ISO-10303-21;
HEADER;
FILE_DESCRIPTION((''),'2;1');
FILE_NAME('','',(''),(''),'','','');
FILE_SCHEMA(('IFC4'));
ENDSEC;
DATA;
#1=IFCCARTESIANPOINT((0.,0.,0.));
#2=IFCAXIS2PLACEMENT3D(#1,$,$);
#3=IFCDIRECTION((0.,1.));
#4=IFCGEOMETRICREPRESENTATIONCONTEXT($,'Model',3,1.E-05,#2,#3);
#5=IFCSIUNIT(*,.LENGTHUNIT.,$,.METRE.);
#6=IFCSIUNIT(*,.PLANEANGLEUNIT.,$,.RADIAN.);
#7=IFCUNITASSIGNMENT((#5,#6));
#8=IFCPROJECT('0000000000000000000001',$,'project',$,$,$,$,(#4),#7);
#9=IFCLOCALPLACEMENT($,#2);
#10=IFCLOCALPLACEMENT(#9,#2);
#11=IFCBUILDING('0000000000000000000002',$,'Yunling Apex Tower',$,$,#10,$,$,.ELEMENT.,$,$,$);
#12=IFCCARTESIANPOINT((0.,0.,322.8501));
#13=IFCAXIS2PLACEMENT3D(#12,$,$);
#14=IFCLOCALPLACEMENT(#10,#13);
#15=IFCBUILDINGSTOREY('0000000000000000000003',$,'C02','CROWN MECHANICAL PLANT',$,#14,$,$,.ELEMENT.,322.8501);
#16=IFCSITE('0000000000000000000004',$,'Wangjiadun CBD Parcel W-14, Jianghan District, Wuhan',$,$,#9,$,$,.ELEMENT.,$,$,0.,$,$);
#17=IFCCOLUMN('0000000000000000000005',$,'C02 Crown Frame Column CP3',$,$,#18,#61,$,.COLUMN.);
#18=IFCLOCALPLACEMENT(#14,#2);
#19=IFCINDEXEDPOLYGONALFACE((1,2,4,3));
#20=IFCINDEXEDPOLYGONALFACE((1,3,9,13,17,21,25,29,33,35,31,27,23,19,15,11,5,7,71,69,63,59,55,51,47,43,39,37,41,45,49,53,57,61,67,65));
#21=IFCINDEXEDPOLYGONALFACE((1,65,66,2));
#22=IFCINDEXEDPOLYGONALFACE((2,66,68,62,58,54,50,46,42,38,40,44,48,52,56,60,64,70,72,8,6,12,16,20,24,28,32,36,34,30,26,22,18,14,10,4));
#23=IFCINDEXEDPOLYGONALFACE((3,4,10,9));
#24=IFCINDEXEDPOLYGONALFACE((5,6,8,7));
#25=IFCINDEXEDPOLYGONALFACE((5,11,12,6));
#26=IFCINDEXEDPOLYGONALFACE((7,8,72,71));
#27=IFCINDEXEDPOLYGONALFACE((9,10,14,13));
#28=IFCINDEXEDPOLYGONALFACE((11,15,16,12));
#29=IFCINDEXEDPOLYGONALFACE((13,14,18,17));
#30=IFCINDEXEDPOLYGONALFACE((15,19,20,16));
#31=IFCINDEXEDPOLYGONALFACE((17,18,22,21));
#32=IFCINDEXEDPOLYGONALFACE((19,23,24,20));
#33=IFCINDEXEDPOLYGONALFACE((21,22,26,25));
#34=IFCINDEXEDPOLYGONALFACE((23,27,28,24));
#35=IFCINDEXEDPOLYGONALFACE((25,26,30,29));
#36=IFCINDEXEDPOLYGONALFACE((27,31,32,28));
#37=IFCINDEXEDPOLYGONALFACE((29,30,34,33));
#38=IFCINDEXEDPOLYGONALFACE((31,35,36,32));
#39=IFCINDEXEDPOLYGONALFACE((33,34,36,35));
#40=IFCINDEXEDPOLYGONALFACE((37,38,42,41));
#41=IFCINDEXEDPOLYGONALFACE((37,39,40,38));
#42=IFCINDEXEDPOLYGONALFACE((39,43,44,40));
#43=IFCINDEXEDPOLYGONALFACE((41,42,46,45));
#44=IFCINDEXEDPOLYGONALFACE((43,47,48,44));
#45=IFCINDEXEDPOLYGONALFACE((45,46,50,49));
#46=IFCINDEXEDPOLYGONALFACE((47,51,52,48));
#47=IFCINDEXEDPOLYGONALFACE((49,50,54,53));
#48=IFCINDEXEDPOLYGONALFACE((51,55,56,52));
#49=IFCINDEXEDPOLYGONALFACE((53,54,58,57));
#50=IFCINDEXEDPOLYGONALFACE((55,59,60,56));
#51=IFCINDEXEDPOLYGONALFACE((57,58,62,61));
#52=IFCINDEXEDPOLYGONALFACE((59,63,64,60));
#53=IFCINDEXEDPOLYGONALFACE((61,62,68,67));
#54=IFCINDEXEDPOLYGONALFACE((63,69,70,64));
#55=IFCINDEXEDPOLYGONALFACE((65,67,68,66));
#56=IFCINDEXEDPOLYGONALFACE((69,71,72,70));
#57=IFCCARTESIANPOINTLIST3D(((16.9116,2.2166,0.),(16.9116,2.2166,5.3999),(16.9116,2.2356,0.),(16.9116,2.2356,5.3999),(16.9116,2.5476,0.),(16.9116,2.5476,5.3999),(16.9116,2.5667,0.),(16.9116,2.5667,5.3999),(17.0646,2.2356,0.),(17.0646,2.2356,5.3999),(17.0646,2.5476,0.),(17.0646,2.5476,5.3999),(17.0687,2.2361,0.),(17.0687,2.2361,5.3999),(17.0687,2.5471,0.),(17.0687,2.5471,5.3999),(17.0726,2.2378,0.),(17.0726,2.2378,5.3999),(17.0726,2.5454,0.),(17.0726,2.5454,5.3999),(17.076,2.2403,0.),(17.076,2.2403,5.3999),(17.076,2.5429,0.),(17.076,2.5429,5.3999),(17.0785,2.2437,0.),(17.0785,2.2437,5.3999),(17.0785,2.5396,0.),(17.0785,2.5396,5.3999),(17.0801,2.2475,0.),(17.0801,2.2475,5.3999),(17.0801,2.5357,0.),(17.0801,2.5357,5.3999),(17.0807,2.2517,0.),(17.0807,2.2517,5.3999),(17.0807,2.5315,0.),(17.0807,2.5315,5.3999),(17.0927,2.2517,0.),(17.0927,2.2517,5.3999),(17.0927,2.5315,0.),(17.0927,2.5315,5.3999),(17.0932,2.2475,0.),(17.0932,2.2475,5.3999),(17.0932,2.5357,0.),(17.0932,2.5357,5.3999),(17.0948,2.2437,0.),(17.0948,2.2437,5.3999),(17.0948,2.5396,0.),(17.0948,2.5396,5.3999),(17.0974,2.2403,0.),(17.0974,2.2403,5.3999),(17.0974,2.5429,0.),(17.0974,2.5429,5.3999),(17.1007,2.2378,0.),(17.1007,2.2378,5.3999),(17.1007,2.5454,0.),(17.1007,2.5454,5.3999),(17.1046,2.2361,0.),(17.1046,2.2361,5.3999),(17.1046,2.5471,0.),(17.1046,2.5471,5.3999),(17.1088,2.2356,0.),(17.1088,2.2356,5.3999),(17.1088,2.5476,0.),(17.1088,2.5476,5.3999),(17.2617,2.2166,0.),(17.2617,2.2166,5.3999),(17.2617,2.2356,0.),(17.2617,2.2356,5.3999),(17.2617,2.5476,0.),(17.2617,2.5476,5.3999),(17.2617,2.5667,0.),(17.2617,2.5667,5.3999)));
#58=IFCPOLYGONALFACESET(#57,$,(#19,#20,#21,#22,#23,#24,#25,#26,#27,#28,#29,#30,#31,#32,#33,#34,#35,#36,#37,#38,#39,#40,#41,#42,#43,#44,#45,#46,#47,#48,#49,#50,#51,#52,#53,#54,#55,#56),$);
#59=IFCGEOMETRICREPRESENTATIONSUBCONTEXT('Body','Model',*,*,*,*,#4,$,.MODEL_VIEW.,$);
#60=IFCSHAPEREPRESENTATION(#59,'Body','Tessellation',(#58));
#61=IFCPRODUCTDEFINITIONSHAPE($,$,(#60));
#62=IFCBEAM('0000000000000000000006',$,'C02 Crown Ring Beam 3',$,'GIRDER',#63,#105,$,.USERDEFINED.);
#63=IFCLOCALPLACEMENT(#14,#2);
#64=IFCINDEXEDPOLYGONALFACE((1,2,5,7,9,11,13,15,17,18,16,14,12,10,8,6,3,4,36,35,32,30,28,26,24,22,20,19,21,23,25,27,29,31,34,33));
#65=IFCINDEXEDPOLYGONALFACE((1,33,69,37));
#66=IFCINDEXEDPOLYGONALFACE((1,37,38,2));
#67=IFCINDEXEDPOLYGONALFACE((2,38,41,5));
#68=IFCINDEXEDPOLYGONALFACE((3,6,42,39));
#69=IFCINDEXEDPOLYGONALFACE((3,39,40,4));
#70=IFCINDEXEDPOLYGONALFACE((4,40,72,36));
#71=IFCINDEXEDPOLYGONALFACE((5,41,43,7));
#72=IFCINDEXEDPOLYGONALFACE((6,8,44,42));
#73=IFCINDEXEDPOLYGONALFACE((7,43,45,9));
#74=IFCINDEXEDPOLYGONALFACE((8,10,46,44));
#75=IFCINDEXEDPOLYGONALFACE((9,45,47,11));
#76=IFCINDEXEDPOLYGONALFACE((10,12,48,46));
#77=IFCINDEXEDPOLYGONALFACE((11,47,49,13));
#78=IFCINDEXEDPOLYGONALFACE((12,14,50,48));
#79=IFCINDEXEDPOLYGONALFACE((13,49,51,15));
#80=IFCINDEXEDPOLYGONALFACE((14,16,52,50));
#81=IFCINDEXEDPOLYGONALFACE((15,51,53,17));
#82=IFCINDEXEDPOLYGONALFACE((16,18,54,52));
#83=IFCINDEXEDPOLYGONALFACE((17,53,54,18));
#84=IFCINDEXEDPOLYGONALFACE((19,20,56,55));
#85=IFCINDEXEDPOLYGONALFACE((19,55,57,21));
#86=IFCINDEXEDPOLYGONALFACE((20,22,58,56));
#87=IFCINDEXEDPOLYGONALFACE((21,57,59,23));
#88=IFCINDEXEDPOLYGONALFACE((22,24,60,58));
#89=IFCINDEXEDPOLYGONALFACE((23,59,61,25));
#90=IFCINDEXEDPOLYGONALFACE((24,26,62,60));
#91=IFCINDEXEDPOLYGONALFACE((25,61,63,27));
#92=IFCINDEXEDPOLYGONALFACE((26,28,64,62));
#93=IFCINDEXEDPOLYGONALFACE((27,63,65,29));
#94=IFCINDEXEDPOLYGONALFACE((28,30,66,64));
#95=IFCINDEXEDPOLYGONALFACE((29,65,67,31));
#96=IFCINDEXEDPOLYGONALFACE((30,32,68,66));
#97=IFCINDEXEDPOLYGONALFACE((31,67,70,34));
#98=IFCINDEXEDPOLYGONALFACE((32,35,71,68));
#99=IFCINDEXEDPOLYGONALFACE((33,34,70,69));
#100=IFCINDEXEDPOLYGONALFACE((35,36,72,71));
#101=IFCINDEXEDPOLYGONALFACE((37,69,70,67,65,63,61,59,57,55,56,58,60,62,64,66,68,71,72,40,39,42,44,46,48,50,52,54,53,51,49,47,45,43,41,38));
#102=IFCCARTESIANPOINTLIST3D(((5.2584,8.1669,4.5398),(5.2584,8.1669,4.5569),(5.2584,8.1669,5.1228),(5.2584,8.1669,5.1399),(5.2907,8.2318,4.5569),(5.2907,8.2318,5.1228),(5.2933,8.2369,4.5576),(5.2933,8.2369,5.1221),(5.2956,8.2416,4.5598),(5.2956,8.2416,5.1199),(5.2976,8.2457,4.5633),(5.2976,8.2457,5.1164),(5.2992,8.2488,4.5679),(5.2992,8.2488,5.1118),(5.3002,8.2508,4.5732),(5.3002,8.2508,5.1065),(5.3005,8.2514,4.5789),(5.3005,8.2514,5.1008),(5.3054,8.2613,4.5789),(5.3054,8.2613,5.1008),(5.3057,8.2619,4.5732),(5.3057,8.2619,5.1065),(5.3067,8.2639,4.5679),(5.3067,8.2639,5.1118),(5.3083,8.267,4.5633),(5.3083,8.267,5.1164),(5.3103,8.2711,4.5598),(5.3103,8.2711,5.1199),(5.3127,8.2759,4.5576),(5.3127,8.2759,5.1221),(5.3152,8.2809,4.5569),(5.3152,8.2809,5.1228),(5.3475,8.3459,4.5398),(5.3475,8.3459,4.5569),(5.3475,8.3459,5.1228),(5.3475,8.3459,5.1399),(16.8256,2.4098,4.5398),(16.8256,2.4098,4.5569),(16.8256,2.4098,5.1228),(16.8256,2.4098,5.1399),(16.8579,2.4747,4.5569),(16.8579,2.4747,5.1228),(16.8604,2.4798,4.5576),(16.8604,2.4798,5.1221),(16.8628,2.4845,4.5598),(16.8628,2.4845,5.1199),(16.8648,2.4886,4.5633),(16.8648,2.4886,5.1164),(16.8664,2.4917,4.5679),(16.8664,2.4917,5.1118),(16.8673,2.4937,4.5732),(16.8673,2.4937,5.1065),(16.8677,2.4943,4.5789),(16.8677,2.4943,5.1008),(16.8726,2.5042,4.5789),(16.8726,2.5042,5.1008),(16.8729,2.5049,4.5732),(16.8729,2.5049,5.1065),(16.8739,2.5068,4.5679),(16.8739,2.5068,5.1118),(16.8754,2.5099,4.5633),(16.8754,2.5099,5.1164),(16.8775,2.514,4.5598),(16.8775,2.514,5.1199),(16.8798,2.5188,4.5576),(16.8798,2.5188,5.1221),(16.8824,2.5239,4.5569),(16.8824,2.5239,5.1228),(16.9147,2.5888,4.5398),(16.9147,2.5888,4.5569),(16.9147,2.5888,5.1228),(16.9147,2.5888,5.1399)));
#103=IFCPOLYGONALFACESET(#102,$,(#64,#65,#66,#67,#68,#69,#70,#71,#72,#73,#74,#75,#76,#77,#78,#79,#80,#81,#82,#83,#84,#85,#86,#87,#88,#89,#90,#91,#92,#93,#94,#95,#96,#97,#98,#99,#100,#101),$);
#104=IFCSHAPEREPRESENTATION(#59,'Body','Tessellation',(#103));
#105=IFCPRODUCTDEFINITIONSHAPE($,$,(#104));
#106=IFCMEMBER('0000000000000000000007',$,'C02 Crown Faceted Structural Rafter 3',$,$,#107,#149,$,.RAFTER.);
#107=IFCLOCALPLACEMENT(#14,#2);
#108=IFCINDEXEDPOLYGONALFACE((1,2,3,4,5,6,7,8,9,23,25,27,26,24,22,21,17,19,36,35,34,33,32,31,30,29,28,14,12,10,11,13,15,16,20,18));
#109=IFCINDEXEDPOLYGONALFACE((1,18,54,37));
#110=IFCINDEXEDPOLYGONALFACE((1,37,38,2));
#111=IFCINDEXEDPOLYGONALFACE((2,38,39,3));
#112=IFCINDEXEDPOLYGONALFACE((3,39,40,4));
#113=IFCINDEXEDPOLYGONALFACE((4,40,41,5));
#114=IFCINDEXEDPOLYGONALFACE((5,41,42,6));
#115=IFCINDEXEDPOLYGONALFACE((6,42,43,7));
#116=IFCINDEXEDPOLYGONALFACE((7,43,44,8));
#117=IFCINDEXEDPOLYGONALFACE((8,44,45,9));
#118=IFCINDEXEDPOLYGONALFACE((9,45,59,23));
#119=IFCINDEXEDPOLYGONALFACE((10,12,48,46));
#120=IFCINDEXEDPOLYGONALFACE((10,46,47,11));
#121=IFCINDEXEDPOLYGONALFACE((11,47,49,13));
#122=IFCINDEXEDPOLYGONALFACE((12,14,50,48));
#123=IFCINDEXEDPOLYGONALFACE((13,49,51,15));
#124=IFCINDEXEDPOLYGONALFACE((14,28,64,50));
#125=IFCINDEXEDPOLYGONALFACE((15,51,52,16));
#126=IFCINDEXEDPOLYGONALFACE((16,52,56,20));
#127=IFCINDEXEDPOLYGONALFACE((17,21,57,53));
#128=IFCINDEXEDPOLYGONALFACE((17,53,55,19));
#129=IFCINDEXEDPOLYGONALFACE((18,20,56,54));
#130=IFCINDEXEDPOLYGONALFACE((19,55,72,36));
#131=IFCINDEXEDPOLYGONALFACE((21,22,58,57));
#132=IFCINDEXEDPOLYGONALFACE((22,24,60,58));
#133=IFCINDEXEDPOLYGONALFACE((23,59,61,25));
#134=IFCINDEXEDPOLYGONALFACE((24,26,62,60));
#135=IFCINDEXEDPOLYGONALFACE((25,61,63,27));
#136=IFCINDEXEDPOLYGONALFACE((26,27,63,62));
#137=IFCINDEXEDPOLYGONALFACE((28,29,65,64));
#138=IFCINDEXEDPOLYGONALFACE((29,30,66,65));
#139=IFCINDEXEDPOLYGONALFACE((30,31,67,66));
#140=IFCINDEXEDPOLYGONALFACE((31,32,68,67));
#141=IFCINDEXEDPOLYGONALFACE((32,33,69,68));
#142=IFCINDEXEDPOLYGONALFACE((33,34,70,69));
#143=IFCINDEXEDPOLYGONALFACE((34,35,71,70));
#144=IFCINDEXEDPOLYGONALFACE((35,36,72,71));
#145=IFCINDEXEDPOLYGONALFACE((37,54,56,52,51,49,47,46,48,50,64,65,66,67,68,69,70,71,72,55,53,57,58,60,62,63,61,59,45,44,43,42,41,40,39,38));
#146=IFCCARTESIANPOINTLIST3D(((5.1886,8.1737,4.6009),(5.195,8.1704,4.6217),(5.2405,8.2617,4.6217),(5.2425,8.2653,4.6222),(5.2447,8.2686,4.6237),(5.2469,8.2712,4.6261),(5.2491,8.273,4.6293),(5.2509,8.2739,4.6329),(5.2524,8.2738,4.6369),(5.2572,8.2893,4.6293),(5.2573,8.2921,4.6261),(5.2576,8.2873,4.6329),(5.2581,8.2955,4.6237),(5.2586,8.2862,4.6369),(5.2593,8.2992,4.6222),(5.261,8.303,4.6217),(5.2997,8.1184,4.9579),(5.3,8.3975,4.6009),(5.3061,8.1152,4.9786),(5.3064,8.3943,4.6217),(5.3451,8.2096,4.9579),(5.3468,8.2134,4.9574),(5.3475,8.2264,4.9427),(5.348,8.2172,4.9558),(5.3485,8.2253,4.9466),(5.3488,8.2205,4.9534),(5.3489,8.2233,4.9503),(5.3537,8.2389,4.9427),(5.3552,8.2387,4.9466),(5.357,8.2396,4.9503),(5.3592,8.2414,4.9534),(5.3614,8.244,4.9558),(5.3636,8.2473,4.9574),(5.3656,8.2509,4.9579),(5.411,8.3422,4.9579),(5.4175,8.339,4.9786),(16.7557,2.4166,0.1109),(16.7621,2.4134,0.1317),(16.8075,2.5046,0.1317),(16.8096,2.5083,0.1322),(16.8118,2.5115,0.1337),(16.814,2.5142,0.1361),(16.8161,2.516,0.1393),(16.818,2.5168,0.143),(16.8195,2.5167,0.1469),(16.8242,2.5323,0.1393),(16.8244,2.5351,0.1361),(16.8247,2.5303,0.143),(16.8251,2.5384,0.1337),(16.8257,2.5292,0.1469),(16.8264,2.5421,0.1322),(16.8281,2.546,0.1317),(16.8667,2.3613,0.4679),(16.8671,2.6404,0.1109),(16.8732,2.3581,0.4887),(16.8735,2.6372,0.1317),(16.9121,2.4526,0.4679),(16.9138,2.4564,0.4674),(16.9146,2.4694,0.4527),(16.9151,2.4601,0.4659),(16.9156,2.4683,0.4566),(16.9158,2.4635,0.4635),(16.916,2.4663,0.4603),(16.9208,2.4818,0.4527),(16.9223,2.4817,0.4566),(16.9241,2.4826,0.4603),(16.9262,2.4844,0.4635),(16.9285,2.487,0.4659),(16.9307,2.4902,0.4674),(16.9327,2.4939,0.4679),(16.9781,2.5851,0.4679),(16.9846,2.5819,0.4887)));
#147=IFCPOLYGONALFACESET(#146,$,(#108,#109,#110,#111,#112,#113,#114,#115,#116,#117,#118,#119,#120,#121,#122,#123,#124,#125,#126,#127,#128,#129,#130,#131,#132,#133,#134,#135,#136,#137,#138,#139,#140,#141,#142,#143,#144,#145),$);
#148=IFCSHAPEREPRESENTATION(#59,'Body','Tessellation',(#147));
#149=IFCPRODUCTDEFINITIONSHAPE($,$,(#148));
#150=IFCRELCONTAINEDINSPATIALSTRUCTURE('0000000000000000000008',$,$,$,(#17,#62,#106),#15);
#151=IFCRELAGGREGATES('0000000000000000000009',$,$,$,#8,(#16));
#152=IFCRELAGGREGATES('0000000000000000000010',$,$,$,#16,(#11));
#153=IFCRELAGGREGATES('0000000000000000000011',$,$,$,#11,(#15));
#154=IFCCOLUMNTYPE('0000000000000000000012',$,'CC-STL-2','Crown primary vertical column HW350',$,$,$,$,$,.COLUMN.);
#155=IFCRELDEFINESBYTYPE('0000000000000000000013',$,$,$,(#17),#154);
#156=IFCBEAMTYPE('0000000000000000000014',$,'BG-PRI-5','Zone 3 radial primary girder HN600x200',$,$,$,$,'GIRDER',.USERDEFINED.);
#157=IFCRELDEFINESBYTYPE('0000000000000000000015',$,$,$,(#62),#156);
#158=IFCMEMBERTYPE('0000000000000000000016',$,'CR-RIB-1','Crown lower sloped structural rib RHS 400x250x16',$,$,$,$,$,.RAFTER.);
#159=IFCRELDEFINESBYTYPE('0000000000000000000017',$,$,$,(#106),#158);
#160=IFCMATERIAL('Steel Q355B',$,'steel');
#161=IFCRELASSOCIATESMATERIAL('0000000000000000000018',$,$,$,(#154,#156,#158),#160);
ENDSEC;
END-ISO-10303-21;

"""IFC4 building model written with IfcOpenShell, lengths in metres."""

from ifc_helpers import new_model, si_unit, direction, frame, origin, origin_2d, place, context, subcontext, project, spatial, i_section, extrude, source, transform, mapped, material, material_profile, profile_set, type_object, element, save


model = new_model("IFC4")

# Units and contexts
model_context = context("Model", 3, precision=1e-05, world=origin(), true_north=direction((0.0, 1.0)))
body_context = subcontext(model_context, "Body", "Model", "MODEL_VIEW")
ifc_project = project(units=[si_unit("LENGTHUNIT", "METRE"), si_unit("PLANEANGLEUNIT", "RADIAN")], contexts=[model_context])

# Site, building, storey
site_placement = place(None, origin())
site = spatial("IfcSite", under=ifc_project, at=site_placement, Name="Wangjiadun CBD Parcel W-14, Jianghan District, Wuhan", CompositionType="ELEMENT", RefElevation=0.0)
building_placement = place(site_placement, origin())
building = spatial("IfcBuilding", under=site, at=building_placement, Name="Yunling Apex Tower", CompositionType="ELEMENT")
storey_placement = place(building_placement, frame((0.0, 0.0, 322.8501)))
storey = spatial("IfcBuildingStorey", under=building, at=storey_placement, Name="C02", Description="CROWN MECHANICAL PLANT", CompositionType="ELEMENT", Elevation=322.8501)

# Column
ifc_material_1 = material(Name="Steel Q355B", Category="steel")
ifc_material_profile_1 = material_profile(ifc_material_1, i_section(OverallWidth=0.3501, OverallDepth=0.3501, WebThickness=0.012, FlangeThickness=0.019, FilletRadius=0.0161, at=origin_2d()))
ifc_profile_set_1 = profile_set([ifc_material_profile_1], Name="Steel Q355B")
column_type = type_object("IfcColumnType", Name="CC-STL-2", Description="Crown primary vertical column HW350", PredefinedType="COLUMN", material=ifc_profile_set_1)
shared_shape_1 = source(origin(), body_context, "Body", "SweptSolid", [
    extrude(i_section(OverallWidth=0.3501, OverallDepth=0.3501, WebThickness=0.012, FlangeThickness=0.019, FilletRadius=0.0161, at=origin_2d()), origin(), (0.0, 0.0, 1.0), 5.3999),
])
column_placement = place(storey_placement, frame((17.0867, 2.3916, 0.0), z_axis=(0.0, 0.0, 1.0), x_axis=(1.0, 0.0, 0.0)))
element("IfcColumn", 1, at=column_placement, inside=storey, type_object=column_type, Name="C02 Crown Frame Column CP3", PredefinedType="COLUMN", context=body_context, shape_type="MappedRepresentation", body=[
    mapped(shared_shape_1, transform((0.0, 0.0, 0.0), scale=1.0)),
])

# Beam
ifc_material_profile_2 = material_profile(ifc_material_1, i_section(OverallWidth=0.2, OverallDepth=0.6001, WebThickness=0.011, FlangeThickness=0.0171, FilletRadius=0.022, at=origin_2d()))
ifc_profile_set_2 = profile_set([ifc_material_profile_2], Name="Steel Q355B")
beam_type = type_object("IfcBeamType", Name="BG-PRI-5", Description="Zone 3 radial primary girder HN600x200", ElementType="GIRDER", PredefinedType="USERDEFINED", material=ifc_profile_set_2)
shared_shape_2 = source(origin(), body_context, "Body", "SweptSolid", [
    extrude(i_section(OverallWidth=0.2, OverallDepth=0.6001, WebThickness=0.011, FlangeThickness=0.0171, FilletRadius=0.022, at=origin_2d()), origin(), (0.0, 0.0, 1.0), 12.9207),
])
beam_placement = place(storey_placement, frame((16.8701, 2.4993, 4.8398), z_axis=(-0.895246, 0.445573, 0.0), x_axis=(-0.445573, -0.895246, 0.0)))
element("IfcBeam", 2, at=beam_placement, inside=storey, type_object=beam_type, Name="C02 Crown Ring Beam 3", ObjectType="GIRDER", PredefinedType="USERDEFINED", context=body_context, shape_type="MappedRepresentation", body=[
    mapped(shared_shape_2, transform((0.0, 0.0, 0.0), scale=1.0)),
])

# Member
ifc_material_profile_3 = material_profile(ifc_material_1, i_section(OverallWidth=0.25, OverallDepth=0.3999, WebThickness=0.0139, FlangeThickness=0.022, FilletRadius=0.0161, at=origin_2d()))
ifc_profile_set_3 = profile_set([ifc_material_profile_3], Name="Steel Q355B")
member_type_1 = type_object("IfcMemberType", Name="CR-RIB-1", Description="Crown lower sloped structural rib RHS 400x250x16", PredefinedType="RAFTER", material=ifc_profile_set_3)
shared_shape_3 = source(origin(), body_context, "Body", "SweptSolid", [
    extrude(i_section(OverallWidth=0.25, OverallDepth=0.3999, WebThickness=0.0139, FlangeThickness=0.022, FilletRadius=0.0161, at=origin_2d()), origin(), (0.0, 0.0, 1.0), 13.6785),
])
member_1_placement = place(storey_placement, frame((16.8701, 2.4993, 0.2998), z_axis=(-0.845641, 0.420884, 0.32825), x_axis=(-0.445573, -0.895246, 0.0)))
element("IfcMember", 3, at=member_1_placement, inside=storey, type_object=member_type_1, Name="C02 Crown Faceted Structural Rafter 3", PredefinedType="RAFTER", context=body_context, shape_type="MappedRepresentation", body=[
    mapped(shared_shape_3, transform((0.0, 0.0, 0.0), scale=1.0)),
])

save(model, "model.ifc")
